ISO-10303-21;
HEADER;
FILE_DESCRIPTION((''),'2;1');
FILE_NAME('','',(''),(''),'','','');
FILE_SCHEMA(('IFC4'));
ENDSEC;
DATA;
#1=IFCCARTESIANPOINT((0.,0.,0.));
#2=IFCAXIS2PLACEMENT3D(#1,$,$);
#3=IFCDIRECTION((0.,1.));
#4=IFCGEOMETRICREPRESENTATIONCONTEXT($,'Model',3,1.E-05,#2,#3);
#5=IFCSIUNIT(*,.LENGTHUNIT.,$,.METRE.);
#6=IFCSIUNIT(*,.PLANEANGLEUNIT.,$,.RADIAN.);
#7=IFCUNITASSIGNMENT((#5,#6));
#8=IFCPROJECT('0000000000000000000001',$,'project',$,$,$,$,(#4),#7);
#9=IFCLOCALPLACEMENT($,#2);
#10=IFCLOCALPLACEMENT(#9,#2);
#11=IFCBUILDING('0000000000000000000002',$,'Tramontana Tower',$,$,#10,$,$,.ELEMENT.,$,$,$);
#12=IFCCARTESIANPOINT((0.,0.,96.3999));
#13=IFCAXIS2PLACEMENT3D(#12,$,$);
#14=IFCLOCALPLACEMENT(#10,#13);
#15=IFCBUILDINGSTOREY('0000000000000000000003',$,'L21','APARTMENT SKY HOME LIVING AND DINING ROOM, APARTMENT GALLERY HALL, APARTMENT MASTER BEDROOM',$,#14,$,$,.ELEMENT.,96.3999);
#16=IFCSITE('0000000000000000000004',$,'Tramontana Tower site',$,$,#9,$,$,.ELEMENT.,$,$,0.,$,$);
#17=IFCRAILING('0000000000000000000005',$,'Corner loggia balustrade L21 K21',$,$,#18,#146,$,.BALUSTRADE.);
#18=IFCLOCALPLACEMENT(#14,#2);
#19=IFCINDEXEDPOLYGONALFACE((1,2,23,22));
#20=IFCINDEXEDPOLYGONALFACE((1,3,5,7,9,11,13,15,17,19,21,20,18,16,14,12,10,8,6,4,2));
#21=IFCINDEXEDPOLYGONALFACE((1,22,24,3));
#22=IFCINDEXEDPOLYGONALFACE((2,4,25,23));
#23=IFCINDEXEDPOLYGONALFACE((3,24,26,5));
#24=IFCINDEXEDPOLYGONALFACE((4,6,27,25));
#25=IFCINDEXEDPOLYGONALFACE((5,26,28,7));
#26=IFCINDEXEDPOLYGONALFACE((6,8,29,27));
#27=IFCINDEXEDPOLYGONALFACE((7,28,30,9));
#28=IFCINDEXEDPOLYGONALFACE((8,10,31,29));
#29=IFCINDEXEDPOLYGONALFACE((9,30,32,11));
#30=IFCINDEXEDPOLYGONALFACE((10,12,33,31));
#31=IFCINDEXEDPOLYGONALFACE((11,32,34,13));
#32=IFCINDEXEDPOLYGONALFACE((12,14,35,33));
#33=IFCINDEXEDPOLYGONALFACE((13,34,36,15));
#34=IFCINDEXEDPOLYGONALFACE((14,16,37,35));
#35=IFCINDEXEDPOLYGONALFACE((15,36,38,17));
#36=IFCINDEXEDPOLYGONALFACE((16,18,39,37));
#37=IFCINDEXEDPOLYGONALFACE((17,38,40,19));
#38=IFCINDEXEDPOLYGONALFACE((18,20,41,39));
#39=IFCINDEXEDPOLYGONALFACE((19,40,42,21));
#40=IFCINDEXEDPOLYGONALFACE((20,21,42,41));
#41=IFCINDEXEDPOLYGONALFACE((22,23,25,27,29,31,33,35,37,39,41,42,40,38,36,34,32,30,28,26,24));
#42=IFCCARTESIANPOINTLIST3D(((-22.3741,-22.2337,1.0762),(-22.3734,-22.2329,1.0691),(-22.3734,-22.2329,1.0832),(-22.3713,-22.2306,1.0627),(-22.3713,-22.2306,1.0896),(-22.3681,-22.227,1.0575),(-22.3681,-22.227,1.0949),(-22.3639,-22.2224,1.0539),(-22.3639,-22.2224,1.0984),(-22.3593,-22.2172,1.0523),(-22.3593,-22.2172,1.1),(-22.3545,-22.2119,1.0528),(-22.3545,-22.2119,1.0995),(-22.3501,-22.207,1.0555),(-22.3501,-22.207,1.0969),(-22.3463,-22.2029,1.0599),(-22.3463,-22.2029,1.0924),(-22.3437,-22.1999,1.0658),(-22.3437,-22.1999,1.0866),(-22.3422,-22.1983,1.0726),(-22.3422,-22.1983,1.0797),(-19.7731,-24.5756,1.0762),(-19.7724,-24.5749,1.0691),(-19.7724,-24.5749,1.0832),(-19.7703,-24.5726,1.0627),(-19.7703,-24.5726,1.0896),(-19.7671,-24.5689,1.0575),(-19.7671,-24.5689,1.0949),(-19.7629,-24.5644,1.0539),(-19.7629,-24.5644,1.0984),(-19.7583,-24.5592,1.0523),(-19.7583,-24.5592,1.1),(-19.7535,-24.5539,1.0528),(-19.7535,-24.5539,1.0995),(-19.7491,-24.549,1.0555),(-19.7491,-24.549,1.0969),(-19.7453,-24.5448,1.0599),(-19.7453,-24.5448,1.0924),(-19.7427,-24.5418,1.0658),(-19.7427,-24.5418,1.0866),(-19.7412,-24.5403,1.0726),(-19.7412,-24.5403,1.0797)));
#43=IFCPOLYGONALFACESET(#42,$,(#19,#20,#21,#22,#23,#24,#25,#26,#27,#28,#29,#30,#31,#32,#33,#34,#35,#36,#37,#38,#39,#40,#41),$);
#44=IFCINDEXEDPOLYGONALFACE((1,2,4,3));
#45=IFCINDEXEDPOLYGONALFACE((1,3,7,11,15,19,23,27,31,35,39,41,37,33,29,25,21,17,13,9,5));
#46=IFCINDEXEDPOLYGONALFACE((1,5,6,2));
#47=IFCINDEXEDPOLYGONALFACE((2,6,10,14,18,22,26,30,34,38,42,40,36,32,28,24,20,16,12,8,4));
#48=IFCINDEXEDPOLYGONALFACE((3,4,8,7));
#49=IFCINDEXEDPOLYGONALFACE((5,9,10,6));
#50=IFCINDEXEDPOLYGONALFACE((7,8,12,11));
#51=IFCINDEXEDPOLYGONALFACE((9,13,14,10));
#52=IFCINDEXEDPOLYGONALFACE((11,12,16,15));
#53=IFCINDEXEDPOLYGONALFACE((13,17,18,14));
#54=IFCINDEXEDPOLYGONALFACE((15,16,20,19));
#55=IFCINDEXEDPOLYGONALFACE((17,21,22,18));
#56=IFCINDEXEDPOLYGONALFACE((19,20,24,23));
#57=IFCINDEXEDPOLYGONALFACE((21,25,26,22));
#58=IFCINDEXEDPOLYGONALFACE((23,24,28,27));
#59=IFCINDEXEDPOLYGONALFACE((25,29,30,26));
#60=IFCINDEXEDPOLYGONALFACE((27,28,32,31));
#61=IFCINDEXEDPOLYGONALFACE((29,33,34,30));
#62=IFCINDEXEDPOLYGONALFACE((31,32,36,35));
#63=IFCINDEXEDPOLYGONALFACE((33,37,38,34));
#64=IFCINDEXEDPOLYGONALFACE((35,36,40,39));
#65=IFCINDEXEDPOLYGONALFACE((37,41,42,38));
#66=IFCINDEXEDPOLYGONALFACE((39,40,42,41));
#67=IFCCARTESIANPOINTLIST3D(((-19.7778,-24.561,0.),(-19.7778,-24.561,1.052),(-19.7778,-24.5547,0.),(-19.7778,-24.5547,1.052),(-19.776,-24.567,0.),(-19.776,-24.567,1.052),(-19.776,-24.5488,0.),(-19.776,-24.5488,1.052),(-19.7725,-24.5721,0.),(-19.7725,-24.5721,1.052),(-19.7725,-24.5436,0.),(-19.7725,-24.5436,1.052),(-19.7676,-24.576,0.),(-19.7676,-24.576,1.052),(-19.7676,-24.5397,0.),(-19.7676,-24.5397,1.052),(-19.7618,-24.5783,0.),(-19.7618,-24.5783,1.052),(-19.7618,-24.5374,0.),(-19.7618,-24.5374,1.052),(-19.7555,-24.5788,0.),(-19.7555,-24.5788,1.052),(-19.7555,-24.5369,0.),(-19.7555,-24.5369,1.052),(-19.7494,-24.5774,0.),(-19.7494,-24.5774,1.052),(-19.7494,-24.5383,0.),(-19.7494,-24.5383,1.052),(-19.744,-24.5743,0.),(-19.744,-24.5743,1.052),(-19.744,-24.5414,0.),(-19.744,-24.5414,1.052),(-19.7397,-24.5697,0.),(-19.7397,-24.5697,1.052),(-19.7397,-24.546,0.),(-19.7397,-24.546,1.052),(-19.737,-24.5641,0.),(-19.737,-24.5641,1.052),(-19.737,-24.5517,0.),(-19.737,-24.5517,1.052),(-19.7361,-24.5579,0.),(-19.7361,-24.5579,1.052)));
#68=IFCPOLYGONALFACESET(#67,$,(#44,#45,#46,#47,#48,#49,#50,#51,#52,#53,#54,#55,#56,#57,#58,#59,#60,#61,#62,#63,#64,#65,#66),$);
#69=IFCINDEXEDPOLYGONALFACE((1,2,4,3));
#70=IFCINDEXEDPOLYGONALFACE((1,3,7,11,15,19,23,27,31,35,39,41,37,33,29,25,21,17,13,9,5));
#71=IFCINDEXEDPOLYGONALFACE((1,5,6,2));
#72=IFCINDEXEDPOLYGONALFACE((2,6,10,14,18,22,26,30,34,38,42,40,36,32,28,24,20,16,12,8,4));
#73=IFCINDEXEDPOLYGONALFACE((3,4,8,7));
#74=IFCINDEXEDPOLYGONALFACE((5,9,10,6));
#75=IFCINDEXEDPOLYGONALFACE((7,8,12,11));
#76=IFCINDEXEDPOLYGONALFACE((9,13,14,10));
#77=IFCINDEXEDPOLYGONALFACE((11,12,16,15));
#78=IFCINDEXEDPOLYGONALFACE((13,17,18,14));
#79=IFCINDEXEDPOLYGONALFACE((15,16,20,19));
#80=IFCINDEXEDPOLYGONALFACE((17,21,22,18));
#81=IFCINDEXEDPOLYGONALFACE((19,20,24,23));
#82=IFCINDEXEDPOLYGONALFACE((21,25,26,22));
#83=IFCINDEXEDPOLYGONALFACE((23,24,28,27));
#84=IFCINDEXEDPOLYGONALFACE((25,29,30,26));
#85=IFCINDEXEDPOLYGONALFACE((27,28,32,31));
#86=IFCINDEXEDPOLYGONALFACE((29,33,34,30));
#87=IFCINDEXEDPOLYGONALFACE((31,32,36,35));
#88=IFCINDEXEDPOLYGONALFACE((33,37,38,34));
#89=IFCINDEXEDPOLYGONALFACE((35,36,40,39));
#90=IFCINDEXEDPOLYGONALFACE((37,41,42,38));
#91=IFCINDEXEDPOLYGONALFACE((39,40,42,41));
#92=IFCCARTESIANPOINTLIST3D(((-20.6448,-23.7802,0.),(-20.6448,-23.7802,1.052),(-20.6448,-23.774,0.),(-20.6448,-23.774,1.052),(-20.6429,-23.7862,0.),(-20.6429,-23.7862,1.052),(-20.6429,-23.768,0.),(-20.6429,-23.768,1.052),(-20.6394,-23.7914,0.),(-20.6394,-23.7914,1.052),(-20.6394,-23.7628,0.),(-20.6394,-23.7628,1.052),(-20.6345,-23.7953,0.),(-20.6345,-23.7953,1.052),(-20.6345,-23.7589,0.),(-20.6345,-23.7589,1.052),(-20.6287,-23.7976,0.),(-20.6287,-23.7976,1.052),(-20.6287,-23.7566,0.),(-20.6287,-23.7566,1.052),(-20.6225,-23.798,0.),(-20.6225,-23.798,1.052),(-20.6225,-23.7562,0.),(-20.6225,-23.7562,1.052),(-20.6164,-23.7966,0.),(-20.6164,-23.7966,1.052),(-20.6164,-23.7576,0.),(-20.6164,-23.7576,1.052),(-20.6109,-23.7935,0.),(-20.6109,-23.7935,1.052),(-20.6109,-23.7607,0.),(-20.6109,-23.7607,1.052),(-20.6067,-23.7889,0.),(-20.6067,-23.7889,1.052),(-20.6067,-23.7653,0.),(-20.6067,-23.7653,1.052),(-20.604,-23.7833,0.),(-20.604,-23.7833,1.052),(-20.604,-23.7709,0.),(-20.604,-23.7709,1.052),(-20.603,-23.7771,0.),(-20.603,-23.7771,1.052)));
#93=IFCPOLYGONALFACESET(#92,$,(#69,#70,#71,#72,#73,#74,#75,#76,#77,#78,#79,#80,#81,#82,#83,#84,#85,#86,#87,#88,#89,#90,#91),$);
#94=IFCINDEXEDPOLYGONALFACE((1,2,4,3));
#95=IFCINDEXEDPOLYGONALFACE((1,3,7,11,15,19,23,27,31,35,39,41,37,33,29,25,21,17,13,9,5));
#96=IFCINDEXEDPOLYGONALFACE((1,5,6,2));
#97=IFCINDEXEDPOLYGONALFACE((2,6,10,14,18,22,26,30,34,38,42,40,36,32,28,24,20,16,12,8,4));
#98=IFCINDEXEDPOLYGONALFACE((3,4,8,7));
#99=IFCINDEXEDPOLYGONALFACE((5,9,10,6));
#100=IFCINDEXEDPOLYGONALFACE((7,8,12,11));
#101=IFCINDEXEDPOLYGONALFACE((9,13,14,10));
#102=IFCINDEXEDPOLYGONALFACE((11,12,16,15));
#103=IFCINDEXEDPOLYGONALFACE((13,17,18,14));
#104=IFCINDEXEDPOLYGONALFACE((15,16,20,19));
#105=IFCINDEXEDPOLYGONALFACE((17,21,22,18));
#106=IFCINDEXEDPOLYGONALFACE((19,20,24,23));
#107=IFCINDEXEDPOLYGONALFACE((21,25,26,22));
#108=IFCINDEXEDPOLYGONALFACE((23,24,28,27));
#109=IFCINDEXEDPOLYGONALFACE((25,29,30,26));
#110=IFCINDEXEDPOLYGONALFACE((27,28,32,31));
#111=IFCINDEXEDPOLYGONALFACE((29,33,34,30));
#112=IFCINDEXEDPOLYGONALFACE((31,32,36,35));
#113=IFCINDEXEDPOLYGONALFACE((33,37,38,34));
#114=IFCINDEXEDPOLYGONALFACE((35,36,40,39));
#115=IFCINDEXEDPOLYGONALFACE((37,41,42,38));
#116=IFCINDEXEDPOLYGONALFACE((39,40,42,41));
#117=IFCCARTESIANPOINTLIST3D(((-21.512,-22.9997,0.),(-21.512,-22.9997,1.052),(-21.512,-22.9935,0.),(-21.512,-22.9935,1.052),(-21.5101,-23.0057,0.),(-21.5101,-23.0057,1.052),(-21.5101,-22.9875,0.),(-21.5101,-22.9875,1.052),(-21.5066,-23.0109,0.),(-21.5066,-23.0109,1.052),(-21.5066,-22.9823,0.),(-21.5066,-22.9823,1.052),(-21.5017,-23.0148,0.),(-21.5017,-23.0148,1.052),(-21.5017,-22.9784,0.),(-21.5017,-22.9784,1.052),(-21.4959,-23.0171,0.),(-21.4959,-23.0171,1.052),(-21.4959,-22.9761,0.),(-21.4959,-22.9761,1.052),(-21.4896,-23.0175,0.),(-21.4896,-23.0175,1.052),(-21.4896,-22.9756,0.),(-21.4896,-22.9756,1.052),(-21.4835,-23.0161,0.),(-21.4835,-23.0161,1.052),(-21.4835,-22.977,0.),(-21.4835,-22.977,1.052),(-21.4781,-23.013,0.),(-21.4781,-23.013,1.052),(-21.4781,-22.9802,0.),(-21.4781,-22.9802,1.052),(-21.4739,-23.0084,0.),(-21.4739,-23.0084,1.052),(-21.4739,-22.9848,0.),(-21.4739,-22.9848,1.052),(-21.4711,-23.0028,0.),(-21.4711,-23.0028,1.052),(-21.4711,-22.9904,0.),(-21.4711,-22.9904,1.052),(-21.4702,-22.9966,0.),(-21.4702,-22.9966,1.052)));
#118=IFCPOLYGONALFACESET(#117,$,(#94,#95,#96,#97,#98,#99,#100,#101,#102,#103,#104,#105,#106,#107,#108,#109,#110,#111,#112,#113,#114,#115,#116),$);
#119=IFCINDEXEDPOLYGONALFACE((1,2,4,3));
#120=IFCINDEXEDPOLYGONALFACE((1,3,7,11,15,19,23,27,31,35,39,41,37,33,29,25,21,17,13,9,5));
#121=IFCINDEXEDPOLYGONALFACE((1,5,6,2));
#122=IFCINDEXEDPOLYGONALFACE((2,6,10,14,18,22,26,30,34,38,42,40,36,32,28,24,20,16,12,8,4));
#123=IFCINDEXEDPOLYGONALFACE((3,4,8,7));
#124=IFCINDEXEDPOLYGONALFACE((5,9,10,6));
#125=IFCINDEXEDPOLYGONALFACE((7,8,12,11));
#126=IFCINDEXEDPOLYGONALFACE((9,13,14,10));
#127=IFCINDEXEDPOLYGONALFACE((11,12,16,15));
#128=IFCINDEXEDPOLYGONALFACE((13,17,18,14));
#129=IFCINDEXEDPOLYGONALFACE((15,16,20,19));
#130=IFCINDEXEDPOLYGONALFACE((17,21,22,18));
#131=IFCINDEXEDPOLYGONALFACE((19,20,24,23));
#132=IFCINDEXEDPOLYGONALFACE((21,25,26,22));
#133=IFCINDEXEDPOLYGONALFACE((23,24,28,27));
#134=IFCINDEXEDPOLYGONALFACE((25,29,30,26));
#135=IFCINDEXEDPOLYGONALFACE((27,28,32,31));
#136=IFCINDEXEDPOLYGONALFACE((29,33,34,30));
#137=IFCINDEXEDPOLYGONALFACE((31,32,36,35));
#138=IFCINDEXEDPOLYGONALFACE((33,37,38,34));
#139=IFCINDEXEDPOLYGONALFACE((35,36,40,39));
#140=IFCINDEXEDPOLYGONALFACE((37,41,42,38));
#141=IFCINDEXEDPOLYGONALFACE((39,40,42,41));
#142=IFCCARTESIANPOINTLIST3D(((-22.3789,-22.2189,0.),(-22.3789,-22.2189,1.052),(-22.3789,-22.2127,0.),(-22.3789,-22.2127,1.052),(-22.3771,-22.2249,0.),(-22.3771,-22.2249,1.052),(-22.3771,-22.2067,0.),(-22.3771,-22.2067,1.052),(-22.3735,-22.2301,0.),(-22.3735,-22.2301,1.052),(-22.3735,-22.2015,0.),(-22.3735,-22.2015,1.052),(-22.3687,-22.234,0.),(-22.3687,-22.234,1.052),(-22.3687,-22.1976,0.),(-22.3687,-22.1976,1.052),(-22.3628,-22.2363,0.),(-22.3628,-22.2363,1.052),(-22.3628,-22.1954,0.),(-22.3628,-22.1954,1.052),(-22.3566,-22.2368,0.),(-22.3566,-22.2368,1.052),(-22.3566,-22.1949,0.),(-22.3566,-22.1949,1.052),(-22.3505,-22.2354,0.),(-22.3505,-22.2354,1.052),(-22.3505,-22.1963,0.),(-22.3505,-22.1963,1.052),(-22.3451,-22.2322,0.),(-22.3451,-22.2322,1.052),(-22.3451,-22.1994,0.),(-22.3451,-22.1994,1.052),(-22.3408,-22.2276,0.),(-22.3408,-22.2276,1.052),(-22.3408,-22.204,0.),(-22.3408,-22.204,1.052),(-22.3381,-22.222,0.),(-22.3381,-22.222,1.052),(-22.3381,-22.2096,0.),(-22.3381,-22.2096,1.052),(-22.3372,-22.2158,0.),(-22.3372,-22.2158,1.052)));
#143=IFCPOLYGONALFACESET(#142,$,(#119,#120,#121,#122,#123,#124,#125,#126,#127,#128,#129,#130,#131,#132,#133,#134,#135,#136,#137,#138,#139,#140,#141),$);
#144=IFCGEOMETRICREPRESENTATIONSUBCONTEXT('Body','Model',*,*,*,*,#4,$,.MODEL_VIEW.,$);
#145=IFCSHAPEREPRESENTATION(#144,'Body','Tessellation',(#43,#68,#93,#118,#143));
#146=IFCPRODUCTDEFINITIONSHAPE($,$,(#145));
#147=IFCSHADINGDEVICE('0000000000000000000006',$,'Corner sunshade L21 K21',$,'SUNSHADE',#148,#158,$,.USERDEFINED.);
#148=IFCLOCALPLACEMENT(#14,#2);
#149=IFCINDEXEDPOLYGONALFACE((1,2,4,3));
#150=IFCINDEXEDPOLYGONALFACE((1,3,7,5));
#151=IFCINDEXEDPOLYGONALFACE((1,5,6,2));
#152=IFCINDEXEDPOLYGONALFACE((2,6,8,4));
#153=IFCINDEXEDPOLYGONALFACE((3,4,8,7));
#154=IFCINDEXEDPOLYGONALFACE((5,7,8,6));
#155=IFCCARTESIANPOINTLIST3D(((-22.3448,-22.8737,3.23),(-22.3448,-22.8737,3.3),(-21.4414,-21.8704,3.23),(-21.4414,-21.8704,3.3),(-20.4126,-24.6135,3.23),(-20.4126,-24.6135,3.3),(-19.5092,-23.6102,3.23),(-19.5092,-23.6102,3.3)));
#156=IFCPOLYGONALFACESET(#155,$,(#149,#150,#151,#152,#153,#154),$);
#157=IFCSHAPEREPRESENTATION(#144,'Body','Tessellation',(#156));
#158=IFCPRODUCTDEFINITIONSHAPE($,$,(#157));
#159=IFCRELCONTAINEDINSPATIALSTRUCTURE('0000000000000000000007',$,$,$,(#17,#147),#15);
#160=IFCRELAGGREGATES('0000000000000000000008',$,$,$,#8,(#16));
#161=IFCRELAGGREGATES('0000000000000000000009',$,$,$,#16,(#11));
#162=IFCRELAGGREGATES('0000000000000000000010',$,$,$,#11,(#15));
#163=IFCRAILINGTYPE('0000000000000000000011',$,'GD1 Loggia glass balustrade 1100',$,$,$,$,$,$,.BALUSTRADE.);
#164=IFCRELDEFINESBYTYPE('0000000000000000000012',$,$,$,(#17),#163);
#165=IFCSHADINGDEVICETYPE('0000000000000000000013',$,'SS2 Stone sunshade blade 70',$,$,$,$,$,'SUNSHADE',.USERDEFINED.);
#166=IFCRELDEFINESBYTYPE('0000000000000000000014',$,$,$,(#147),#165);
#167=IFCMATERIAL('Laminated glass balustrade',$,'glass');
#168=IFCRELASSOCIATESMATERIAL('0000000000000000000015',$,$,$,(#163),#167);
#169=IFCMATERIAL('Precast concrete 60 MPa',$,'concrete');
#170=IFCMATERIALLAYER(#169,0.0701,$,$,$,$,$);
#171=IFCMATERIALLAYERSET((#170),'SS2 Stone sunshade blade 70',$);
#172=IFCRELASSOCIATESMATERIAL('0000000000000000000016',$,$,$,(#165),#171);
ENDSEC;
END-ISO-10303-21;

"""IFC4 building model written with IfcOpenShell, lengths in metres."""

from ifc_helpers import new_model, si_unit, direction, frame, origin, origin_2d, place, context, subcontext, project, spatial, rectangle, circle, extrude, material, layer, layer_set, type_object, element, save


model = new_model("IFC4")

# Units and contexts
model_context = context("Model", 3, precision=1e-05, world=origin(), true_north=direction((0.0, 1.0)))
body_context = subcontext(model_context, "Body", "Model", "MODEL_VIEW")
ifc_project = project(units=[si_unit("LENGTHUNIT", "METRE"), si_unit("PLANEANGLEUNIT", "RADIAN")], contexts=[model_context])

# Site, building, storey
site_placement = place(None, origin())
site = spatial("IfcSite", under=ifc_project, at=site_placement, Name="Tramontana Tower site", CompositionType="ELEMENT", RefElevation=0.0)
building_placement = place(site_placement, origin())
building = spatial("IfcBuilding", under=site, at=building_placement, Name="Tramontana Tower", CompositionType="ELEMENT")
storey_placement = place(building_placement, frame((0.0, 0.0, 96.3999)))
storey = spatial("IfcBuildingStorey", under=building, at=storey_placement, Name="L21", Description="APARTMENT SKY HOME LIVING AND DINING ROOM, APARTMENT GALLERY HALL, APARTMENT MASTER BEDROOM", CompositionType="ELEMENT", Elevation=96.3999)

# Railing
ifc_material_1 = material(Name="Laminated glass balustrade", Category="glass")
railing_type = type_object("IfcRailingType", Name="GD1 Loggia glass balustrade 1100", PredefinedType="BALUSTRADE", material=ifc_material_1)
railing_1_placement = place(storey_placement, frame((-19.7571, -24.5579, 0.0)))
element("IfcRailing", 1, at=railing_1_placement, inside=storey, type_object=railing_type, Name="Corner loggia balustrade L21 K21", PredefinedType="BALUSTRADE", context=body_context, shape_type="SweptSolid", body=[
    extrude(circle(Radius=0.0239, at=origin_2d()), frame((0.0, 0.0, 1.0762), z_axis=(-0.743142, 0.669134, 0.0), x_axis=(-0.669134, -0.743142, 0.0)), (0.0, 0.0, 1.0), 3.5),
    extrude(circle(Radius=0.021, at=origin_2d()), origin(), (0.0, 0.0, 1.0), 1.052),
    extrude(circle(Radius=0.021, at=origin_2d()), frame((-0.8669, 0.7808, 0.0)), (0.0, 0.0, 1.0), 1.052),
    extrude(circle(Radius=0.021, at=origin_2d()), frame((-1.7341, 1.5613, 0.0)), (0.0, 0.0, 1.0), 1.052),
    extrude(circle(Radius=0.021, at=origin_2d()), frame((-2.6011, 2.342, 0.0)), (0.0, 0.0, 1.0), 1.052),
])

# Shading device
ifc_material_2 = material(Name="Precast concrete 60 MPa", Category="concrete")
ifc_layer_1 = layer(ifc_material_2, 0.0701)
ifc_layer_set_1 = layer_set([ifc_layer_1], Name="SS2 Stone sunshade blade 70")
shading_device_type = type_object("IfcShadingDeviceType", Name="SS2 Stone sunshade blade 70", ElementType="SUNSHADE", PredefinedType="USERDEFINED", material=ifc_layer_set_1)
shading_device_placement = place(storey_placement, frame((-20.927, -23.2419, 3.23), z_axis=(0.0, 0.0, 1.0), x_axis=(-0.743145, 0.669131, 0.0)))
element("IfcShadingDevice", 2, at=shading_device_placement, inside=storey, type_object=shading_device_type, Name="Corner sunshade L21 K21", ObjectType="SUNSHADE", PredefinedType="USERDEFINED", context=body_context, shape_type="SweptSolid", body=[
    extrude(rectangle(XDim=2.6001, YDim=1.3501, at=origin_2d()), origin(), (0.0, 0.0, 1.0), 0.0701),
])

save(model, "model.ifc")
